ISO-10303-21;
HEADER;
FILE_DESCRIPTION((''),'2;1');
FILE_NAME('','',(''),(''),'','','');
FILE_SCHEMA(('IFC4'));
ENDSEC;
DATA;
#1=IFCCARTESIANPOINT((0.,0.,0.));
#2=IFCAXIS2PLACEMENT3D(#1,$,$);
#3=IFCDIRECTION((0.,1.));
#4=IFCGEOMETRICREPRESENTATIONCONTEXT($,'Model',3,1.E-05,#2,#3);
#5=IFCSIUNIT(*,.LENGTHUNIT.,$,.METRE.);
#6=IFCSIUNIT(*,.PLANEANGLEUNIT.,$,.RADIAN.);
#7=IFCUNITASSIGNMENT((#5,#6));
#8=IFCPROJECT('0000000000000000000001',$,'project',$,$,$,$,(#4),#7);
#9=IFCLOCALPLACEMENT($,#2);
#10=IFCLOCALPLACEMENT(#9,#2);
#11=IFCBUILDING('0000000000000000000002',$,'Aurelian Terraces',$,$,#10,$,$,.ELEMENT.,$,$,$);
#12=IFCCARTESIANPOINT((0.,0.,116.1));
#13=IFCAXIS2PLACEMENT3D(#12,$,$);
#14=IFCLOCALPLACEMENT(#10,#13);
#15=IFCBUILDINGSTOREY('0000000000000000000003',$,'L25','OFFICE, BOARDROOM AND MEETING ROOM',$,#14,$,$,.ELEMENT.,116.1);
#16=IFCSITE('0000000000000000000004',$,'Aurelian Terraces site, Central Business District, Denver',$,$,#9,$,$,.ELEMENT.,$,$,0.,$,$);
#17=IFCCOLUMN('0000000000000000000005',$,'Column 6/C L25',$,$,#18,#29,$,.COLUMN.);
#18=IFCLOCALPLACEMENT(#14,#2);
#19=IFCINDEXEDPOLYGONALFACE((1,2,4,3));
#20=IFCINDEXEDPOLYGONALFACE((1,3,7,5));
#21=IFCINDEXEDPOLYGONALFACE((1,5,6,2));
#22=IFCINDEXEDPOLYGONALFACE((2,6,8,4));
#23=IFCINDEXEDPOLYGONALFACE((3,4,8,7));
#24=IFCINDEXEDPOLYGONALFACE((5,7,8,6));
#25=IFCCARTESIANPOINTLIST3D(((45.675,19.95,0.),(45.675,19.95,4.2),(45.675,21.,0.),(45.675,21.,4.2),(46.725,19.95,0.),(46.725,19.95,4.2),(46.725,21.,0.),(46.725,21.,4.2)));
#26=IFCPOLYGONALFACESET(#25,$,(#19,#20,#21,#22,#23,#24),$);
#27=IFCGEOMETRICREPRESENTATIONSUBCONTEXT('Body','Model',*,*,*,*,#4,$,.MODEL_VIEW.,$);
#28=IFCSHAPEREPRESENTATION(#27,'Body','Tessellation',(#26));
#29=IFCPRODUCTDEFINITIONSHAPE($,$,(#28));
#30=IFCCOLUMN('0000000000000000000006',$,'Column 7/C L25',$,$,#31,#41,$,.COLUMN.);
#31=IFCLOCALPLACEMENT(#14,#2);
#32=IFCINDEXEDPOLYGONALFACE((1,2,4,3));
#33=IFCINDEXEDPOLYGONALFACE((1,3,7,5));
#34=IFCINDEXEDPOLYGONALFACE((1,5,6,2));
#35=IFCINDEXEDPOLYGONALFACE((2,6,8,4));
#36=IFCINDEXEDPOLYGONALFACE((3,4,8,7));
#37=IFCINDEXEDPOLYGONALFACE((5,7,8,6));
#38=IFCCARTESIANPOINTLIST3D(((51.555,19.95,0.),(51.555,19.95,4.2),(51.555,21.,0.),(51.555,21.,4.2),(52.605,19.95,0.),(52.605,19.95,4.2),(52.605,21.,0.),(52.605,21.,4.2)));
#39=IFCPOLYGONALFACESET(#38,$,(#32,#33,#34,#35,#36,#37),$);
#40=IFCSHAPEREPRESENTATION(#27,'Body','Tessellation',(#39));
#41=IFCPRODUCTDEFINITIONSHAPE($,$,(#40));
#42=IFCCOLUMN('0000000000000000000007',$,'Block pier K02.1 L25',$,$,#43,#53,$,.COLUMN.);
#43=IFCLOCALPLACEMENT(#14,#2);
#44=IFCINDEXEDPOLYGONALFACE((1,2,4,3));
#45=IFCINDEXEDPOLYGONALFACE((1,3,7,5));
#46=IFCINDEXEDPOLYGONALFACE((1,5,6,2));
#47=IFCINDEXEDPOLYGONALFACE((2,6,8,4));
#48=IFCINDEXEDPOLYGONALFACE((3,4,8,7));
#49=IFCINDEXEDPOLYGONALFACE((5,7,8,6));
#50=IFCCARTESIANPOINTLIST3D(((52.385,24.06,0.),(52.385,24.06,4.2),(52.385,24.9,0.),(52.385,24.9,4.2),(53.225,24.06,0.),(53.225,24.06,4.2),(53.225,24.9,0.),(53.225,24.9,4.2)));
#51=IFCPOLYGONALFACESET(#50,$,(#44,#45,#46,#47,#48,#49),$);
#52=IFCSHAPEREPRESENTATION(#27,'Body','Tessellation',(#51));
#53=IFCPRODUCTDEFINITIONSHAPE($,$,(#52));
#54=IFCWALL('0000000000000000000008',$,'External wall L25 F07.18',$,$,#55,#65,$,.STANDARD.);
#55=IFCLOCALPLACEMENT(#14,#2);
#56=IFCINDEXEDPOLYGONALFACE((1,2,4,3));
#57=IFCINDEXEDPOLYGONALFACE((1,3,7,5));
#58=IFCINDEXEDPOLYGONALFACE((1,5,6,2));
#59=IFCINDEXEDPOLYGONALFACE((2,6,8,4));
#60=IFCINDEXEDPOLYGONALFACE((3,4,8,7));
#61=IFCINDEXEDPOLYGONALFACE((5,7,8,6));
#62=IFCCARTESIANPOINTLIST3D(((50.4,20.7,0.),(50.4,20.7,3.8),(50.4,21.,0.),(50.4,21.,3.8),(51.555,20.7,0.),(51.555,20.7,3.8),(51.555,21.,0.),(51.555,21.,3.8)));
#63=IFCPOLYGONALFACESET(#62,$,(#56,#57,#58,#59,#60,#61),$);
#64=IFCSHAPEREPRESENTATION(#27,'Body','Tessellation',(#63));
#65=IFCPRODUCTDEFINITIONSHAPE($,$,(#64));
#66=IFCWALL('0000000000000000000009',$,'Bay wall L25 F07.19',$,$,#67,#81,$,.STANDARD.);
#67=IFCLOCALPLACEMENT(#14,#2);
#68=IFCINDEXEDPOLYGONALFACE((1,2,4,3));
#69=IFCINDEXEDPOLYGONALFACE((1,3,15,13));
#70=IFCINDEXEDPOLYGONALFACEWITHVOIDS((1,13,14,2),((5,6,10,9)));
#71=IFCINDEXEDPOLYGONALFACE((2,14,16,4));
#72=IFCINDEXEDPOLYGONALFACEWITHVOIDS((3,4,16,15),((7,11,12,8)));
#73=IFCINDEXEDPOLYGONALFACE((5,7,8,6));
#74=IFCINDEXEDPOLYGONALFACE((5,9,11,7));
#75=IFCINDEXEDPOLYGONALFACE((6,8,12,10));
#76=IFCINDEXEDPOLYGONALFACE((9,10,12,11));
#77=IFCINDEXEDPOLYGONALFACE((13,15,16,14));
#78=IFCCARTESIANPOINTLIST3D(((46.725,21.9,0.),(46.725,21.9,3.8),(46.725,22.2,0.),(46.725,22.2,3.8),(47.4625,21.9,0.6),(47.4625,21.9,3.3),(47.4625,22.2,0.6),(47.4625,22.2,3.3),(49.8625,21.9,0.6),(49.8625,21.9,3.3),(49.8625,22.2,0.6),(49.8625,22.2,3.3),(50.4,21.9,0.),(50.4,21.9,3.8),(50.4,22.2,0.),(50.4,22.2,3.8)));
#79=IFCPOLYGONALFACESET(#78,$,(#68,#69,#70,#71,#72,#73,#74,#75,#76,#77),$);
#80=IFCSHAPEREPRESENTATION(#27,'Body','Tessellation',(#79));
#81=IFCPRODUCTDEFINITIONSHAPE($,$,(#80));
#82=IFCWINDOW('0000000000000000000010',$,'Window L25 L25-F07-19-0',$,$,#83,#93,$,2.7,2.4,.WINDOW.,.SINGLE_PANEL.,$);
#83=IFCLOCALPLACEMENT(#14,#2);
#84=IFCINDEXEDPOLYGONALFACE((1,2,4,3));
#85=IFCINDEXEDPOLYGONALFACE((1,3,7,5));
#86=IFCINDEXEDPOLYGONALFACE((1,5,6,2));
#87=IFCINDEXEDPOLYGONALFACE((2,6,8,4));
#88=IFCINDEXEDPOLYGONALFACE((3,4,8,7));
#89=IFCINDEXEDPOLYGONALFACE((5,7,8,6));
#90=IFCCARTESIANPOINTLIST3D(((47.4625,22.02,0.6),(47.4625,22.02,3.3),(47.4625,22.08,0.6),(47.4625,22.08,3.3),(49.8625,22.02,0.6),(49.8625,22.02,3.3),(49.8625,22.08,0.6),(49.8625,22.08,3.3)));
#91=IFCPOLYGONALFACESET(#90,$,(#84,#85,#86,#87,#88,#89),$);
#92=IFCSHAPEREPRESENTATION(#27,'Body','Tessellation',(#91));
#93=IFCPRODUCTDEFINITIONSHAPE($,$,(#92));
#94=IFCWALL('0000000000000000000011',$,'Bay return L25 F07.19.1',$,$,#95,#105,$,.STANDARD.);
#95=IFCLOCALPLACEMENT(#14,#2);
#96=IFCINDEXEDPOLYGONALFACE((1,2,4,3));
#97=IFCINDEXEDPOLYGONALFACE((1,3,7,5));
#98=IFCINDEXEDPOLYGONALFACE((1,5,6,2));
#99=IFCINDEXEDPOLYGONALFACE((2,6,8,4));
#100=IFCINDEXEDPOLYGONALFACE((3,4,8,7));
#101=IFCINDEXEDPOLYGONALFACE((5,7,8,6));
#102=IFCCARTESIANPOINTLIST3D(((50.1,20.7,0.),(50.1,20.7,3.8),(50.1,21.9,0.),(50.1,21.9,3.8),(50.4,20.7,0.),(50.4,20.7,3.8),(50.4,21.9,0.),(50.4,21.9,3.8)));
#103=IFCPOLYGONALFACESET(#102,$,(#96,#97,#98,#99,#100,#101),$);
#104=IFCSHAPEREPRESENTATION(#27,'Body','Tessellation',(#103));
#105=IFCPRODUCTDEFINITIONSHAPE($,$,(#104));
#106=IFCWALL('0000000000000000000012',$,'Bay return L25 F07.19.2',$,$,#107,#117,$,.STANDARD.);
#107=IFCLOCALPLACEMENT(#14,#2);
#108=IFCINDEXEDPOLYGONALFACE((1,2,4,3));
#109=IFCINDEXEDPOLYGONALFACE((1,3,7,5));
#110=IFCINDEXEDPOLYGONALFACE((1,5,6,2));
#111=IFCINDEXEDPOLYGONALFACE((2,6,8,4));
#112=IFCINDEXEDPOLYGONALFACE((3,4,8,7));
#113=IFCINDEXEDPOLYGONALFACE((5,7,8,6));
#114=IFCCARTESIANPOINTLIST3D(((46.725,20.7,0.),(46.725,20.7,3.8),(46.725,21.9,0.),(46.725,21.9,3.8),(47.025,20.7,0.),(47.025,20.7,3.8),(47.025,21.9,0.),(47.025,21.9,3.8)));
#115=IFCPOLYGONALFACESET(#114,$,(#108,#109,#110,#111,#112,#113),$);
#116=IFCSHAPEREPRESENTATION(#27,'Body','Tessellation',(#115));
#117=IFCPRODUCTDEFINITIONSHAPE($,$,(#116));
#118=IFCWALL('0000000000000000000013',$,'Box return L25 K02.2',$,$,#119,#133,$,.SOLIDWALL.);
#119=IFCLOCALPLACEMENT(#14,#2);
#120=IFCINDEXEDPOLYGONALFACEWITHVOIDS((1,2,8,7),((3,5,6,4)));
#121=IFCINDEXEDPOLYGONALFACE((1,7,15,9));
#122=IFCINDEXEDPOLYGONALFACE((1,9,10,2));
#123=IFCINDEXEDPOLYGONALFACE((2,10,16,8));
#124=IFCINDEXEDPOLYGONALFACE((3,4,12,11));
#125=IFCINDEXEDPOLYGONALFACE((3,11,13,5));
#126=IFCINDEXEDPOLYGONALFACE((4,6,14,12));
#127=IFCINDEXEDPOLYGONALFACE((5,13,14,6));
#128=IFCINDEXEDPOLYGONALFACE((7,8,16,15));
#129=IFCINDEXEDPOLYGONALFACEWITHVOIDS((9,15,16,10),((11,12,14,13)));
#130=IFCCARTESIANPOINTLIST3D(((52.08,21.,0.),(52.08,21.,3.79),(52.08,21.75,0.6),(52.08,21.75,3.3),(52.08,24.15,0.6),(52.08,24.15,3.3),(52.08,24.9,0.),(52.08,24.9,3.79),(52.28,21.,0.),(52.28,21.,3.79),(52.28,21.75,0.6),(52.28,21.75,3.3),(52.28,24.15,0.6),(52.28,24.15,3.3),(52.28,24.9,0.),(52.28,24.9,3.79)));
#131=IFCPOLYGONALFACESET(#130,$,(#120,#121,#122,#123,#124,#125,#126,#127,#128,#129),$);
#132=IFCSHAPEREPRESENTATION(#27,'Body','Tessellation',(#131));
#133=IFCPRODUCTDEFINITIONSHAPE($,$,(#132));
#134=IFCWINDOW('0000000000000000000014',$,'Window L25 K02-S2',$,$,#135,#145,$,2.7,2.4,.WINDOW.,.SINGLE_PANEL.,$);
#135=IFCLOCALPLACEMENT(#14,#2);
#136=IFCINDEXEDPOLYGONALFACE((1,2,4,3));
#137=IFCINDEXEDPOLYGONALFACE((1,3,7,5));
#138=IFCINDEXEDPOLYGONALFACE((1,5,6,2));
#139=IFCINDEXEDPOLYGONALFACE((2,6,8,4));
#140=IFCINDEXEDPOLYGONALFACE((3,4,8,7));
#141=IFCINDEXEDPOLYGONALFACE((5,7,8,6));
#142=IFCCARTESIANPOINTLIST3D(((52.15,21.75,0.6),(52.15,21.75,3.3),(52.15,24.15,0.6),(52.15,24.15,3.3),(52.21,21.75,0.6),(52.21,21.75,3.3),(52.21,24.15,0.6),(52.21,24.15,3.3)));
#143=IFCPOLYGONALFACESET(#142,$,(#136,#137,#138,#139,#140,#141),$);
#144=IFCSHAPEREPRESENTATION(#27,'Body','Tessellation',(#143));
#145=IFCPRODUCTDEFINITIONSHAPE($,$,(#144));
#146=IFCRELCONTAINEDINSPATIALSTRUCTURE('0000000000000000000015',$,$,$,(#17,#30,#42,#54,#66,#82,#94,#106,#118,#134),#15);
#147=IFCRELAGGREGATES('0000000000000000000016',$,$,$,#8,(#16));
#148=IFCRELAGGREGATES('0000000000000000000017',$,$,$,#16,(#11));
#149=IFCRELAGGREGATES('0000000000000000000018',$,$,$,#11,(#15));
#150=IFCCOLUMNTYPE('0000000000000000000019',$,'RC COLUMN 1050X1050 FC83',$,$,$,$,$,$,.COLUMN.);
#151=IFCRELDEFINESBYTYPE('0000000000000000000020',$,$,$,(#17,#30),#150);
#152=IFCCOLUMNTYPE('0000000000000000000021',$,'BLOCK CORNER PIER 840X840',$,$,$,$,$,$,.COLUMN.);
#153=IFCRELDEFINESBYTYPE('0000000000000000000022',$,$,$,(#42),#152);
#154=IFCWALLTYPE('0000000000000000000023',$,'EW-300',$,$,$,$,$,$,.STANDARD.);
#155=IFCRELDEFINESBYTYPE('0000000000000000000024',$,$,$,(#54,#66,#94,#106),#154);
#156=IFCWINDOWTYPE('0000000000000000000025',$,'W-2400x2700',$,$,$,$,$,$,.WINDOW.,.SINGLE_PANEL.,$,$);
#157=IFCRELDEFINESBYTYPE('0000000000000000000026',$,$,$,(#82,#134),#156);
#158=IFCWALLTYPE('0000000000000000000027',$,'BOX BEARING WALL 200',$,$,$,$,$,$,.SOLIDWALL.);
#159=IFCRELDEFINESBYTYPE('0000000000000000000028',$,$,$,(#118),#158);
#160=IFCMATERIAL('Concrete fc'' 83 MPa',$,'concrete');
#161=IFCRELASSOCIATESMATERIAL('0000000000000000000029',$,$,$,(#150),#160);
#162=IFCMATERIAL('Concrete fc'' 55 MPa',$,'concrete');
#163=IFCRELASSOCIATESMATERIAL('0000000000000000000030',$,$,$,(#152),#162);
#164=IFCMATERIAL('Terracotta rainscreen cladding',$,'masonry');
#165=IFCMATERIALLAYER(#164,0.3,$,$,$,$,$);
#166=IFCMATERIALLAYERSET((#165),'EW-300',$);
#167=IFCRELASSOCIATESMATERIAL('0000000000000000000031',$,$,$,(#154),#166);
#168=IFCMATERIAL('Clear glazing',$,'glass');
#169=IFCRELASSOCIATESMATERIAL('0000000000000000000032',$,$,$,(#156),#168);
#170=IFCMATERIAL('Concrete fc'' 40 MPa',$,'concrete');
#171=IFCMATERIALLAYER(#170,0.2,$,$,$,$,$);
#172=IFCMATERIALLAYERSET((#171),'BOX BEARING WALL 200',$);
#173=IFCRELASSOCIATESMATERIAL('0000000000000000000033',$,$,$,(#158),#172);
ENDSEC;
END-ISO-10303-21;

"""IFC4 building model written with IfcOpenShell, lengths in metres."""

from ifc_helpers import new_model, si_unit, direction, frame, frame_2d, origin, origin_2d, place, context, subcontext, project, spatial, rectangle, extrude, source, transform, mapped, material, layer, layer_set, material_profile, profile_set, type_object, element, fill, save


model = new_model("IFC4")

# Units and contexts
model_context = context("Model", 3, precision=1e-05, world=origin(), true_north=direction((0.0, 1.0)))
body_context = subcontext(model_context, "Body", "Model", "MODEL_VIEW")
ifc_project = project(units=[si_unit("LENGTHUNIT", "METRE"), si_unit("PLANEANGLEUNIT", "RADIAN")], contexts=[model_context])

# Site, building, storey
site_placement = place(None, origin())
site = spatial("IfcSite", under=ifc_project, at=site_placement, Name="Aurelian Terraces site, Central Business District, Denver", CompositionType="ELEMENT", RefElevation=0.0)
building_placement = place(site_placement, origin())
building = spatial("IfcBuilding", under=site, at=building_placement, Name="Aurelian Terraces", CompositionType="ELEMENT")
storey_placement = place(building_placement, frame((0.0, 0.0, 116.1)))
storey = spatial("IfcBuildingStorey", under=building, at=storey_placement, Name="L25", Description="OFFICE, BOARDROOM AND MEETING ROOM", CompositionType="ELEMENT", Elevation=116.1)

# Columns
ifc_material_1 = material(Name="Concrete fc' 83 MPa", Category="concrete")
ifc_material_profile_1 = material_profile(ifc_material_1, rectangle(XDim=1.05, YDim=1.05, at=origin_2d()))
ifc_profile_set_1 = profile_set([ifc_material_profile_1], Name="Concrete fc' 83 MPa")
column_type_1 = type_object("IfcColumnType", Name="RC COLUMN 1050X1050 FC83", PredefinedType="COLUMN", material=ifc_profile_set_1)
shared_shape_1 = source(origin(), body_context, "Body", "SweptSolid", [
    extrude(rectangle(XDim=1.05, YDim=1.05, at=origin_2d()), origin(), (0.0, 0.0, 1.0), 4.2),
])
for number, where, z_axis, x_axis, name in (
    (1, (46.2, 20.475, 0.0), (0.0, 0.0, 1.0), (1.0, 0.0, 0.0), "Column 6/C L25"),
    (2, (52.08, 20.475, 0.0), (0.0, 0.0, 1.0), (1.0, 0.0, 0.0), "Column 7/C L25"),
):
    element("IfcColumn", number, at=place(storey_placement, frame(where, z_axis=z_axis, x_axis=x_axis)), inside=storey, type_object=column_type_1, Name=name, PredefinedType="COLUMN", context=body_context, shape_type="MappedRepresentation", body=[
        mapped(shared_shape_1, transform((0.0, 0.0, 0.0), scale=1.0)),
    ])
ifc_material_2 = material(Name="Concrete fc' 55 MPa", Category="concrete")
ifc_material_profile_2 = material_profile(ifc_material_2, rectangle(XDim=0.84, YDim=0.84, at=origin_2d()))
ifc_profile_set_2 = profile_set([ifc_material_profile_2], Name="Concrete fc' 55 MPa")
column_type_2 = type_object("IfcColumnType", Name="BLOCK CORNER PIER 840X840", PredefinedType="COLUMN", material=ifc_profile_set_2)
shared_shape_2 = source(origin(), body_context, "Body", "SweptSolid", [
    extrude(rectangle(XDim=0.84, YDim=0.84, at=origin_2d()), origin(), (0.0, 0.0, 1.0), 4.2),
])
column_placement = place(storey_placement, frame((52.805, 24.48, 0.0), z_axis=(0.0, 0.0, 1.0), x_axis=(1.0, 0.0, 0.0)))
element("IfcColumn", 3, at=column_placement, inside=storey, type_object=column_type_2, Name="Block pier K02.1 L25", PredefinedType="COLUMN", context=body_context, shape_type="MappedRepresentation", body=[
    mapped(shared_shape_2, transform((0.0, 0.0, 0.0), scale=1.0)),
])

# Wall
ifc_material_3 = material(Name="Terracotta rainscreen cladding", Category="masonry")
ifc_layer_1 = layer(ifc_material_3, 0.3)
ifc_layer_set_1 = layer_set([ifc_layer_1], Name="EW-300")
wall_type_1 = type_object("IfcWallType", Name="EW-300", PredefinedType="STANDARD", material=ifc_layer_set_1)
wall_1_placement = place(storey_placement, frame((51.555, 20.85, 0.0), z_axis=(0.0, 0.0, 1.0), x_axis=(-1.0, 0.0, 0.0)))
element("IfcWall", 4, at=wall_1_placement, inside=storey, type_object=wall_type_1, Name="External wall L25 F07.18", PredefinedType="STANDARD", context=body_context, shape_type="SweptSolid", body=[
    extrude(rectangle(XDim=1.155, YDim=0.3, at=frame_2d((0.5775, 0.0))), origin(), (0.0, 0.0, 1.0), 3.8),
])

# Wall, opening, window
wall_2_placement = place(storey_placement, frame((50.4, 22.05, 0.0), z_axis=(0.0, 0.0, 1.0), x_axis=(-1.0, 0.0, 0.0)))
wall_2 = element("IfcWall", 5, at=wall_2_placement, inside=storey, type_object=wall_type_1, Name="Bay wall L25 F07.19", PredefinedType="STANDARD", context=body_context, shape_type="SweptSolid", body=[
    extrude(rectangle(XDim=3.675, YDim=0.3, at=frame_2d((1.8375, 0.0))), origin(), (0.0, 0.0, 1.0), 3.8),
])
shared_shape_3 = source(origin(), body_context, "Body", "SweptSolid", [
    extrude(rectangle(XDim=2.4, YDim=2.7, at=frame_2d((1.2, 1.35))), frame((0.0, 0.16, 0.0), z_axis=(0.0, -1.0, 0.0), x_axis=(1.0, 0.0, 0.0)), (0.0, 0.0, 1.0), 0.32),
])
opening_1_placement = place(wall_2_placement, frame((0.5375, 0.0, 0.6)))
opening_1 = element("IfcOpeningElement", 6, at=opening_1_placement, cuts=wall_2, PredefinedType="OPENING", context=body_context, shape_type="MappedRepresentation", body=[
    mapped(shared_shape_3, transform((0.0, 0.0, 0.0), scale=1.0)),
])
ifc_material_4 = material(Name="Clear glazing", Category="glass")
window_type_1 = type_object("IfcWindowType", Name="W-2400x2700", PartitioningType="SINGLE_PANEL", PredefinedType="WINDOW", material=ifc_material_4)
shared_shape_4 = source(origin(), body_context, "Body", "SweptSolid", [
    extrude(rectangle(XDim=2.4, YDim=2.7, at=frame_2d((1.2, 1.35))), frame((0.0, 0.03, 0.0), z_axis=(0.0, -1.0, 0.0), x_axis=(1.0, 0.0, 0.0)), (0.0, 0.0, 1.0), 0.06),
])
window_1_placement = place(opening_1_placement, origin())
window_1 = element("IfcWindow", 7, at=window_1_placement, inside=storey, type_object=window_type_1, Name="Window L25 L25-F07-19-0", OverallHeight=2.7, OverallWidth=2.4, PartitioningType="SINGLE_PANEL", PredefinedType="WINDOW", context=body_context, shape_type="MappedRepresentation", body=[
    mapped(shared_shape_4, transform((0.0, 0.0, 0.0), scale=1.0)),
])
fill(opening_1, window_1)

# Walls
shared_shape_5 = source(origin(), body_context, "Body", "SweptSolid", [
    extrude(rectangle(XDim=1.2, YDim=0.3, at=frame_2d((0.6, 0.0))), origin(), (0.0, 0.0, 1.0), 3.8),
])
for number, where, z_axis, x_axis, name in (
    (8, (50.25, 20.7, 0.0), (0.0, 0.0, 1.0), (0.0, 1.0, 0.0), "Bay return L25 F07.19.1"),
    (9, (46.875, 20.7, 0.0), (0.0, 0.0, 1.0), (0.0, 1.0, 0.0), "Bay return L25 F07.19.2"),
):
    element("IfcWall", number, at=place(storey_placement, frame(where, z_axis=z_axis, x_axis=x_axis)), inside=storey, type_object=wall_type_1, Name=name, PredefinedType="STANDARD", context=body_context, shape_type="MappedRepresentation", body=[
        mapped(shared_shape_5, transform((0.0, 0.0, 0.0), scale=1.0)),
    ])

# Wall, opening, window
ifc_material_5 = material(Name="Concrete fc' 40 MPa", Category="concrete")
ifc_layer_2 = layer(ifc_material_5, 0.2)
ifc_layer_set_2 = layer_set([ifc_layer_2], Name="BOX BEARING WALL 200")
wall_type_2 = type_object("IfcWallType", Name="BOX BEARING WALL 200", PredefinedType="SOLIDWALL", material=ifc_layer_set_2)
shared_shape_6 = source(origin(), body_context, "Body", "SweptSolid", [
    extrude(rectangle(XDim=3.9, YDim=0.2, at=frame_2d((1.95, 0.0))), origin(), (0.0, 0.0, 1.0), 3.79),
])
wall_3_placement = place(storey_placement, frame((52.18, 21.0, 0.0), z_axis=(0.0, 0.0, 1.0), x_axis=(0.0, 1.0, 0.0)))
wall_3 = element("IfcWall", 10, at=wall_3_placement, inside=storey, type_object=wall_type_2, Name="Box return L25 K02.2", PredefinedType="SOLIDWALL", context=body_context, shape_type="MappedRepresentation", body=[
    mapped(shared_shape_6, transform((0.0, 0.0, 0.0), scale=1.0)),
])
shared_shape_7 = source(origin(), body_context, "Body", "SweptSolid", [
    extrude(rectangle(XDim=2.4, YDim=2.7, at=frame_2d((1.2, 1.35))), frame((0.0, 0.11, 0.0), z_axis=(0.0, -1.0, 0.0), x_axis=(1.0, 0.0, 0.0)), (0.0, 0.0, 1.0), 0.22),
])
opening_2_placement = place(wall_3_placement, frame((0.75, 0.0, 0.6)))
opening_2 = element("IfcOpeningElement", 11, at=opening_2_placement, cuts=wall_3, PredefinedType="OPENING", context=body_context, shape_type="MappedRepresentation", body=[
    mapped(shared_shape_7, transform((0.0, 0.0, 0.0), scale=1.0)),
])
window_2_placement = place(opening_2_placement, origin())
window_2 = element("IfcWindow", 12, at=window_2_placement, inside=storey, type_object=window_type_1, Name="Window L25 K02-S2", OverallHeight=2.7, OverallWidth=2.4, PartitioningType="SINGLE_PANEL", PredefinedType="WINDOW", context=body_context, shape_type="MappedRepresentation", body=[
    mapped(shared_shape_4, transform((0.0, 0.0, 0.0), scale=1.0)),
])
fill(opening_2, window_2)

save(model, "model.ifc")
